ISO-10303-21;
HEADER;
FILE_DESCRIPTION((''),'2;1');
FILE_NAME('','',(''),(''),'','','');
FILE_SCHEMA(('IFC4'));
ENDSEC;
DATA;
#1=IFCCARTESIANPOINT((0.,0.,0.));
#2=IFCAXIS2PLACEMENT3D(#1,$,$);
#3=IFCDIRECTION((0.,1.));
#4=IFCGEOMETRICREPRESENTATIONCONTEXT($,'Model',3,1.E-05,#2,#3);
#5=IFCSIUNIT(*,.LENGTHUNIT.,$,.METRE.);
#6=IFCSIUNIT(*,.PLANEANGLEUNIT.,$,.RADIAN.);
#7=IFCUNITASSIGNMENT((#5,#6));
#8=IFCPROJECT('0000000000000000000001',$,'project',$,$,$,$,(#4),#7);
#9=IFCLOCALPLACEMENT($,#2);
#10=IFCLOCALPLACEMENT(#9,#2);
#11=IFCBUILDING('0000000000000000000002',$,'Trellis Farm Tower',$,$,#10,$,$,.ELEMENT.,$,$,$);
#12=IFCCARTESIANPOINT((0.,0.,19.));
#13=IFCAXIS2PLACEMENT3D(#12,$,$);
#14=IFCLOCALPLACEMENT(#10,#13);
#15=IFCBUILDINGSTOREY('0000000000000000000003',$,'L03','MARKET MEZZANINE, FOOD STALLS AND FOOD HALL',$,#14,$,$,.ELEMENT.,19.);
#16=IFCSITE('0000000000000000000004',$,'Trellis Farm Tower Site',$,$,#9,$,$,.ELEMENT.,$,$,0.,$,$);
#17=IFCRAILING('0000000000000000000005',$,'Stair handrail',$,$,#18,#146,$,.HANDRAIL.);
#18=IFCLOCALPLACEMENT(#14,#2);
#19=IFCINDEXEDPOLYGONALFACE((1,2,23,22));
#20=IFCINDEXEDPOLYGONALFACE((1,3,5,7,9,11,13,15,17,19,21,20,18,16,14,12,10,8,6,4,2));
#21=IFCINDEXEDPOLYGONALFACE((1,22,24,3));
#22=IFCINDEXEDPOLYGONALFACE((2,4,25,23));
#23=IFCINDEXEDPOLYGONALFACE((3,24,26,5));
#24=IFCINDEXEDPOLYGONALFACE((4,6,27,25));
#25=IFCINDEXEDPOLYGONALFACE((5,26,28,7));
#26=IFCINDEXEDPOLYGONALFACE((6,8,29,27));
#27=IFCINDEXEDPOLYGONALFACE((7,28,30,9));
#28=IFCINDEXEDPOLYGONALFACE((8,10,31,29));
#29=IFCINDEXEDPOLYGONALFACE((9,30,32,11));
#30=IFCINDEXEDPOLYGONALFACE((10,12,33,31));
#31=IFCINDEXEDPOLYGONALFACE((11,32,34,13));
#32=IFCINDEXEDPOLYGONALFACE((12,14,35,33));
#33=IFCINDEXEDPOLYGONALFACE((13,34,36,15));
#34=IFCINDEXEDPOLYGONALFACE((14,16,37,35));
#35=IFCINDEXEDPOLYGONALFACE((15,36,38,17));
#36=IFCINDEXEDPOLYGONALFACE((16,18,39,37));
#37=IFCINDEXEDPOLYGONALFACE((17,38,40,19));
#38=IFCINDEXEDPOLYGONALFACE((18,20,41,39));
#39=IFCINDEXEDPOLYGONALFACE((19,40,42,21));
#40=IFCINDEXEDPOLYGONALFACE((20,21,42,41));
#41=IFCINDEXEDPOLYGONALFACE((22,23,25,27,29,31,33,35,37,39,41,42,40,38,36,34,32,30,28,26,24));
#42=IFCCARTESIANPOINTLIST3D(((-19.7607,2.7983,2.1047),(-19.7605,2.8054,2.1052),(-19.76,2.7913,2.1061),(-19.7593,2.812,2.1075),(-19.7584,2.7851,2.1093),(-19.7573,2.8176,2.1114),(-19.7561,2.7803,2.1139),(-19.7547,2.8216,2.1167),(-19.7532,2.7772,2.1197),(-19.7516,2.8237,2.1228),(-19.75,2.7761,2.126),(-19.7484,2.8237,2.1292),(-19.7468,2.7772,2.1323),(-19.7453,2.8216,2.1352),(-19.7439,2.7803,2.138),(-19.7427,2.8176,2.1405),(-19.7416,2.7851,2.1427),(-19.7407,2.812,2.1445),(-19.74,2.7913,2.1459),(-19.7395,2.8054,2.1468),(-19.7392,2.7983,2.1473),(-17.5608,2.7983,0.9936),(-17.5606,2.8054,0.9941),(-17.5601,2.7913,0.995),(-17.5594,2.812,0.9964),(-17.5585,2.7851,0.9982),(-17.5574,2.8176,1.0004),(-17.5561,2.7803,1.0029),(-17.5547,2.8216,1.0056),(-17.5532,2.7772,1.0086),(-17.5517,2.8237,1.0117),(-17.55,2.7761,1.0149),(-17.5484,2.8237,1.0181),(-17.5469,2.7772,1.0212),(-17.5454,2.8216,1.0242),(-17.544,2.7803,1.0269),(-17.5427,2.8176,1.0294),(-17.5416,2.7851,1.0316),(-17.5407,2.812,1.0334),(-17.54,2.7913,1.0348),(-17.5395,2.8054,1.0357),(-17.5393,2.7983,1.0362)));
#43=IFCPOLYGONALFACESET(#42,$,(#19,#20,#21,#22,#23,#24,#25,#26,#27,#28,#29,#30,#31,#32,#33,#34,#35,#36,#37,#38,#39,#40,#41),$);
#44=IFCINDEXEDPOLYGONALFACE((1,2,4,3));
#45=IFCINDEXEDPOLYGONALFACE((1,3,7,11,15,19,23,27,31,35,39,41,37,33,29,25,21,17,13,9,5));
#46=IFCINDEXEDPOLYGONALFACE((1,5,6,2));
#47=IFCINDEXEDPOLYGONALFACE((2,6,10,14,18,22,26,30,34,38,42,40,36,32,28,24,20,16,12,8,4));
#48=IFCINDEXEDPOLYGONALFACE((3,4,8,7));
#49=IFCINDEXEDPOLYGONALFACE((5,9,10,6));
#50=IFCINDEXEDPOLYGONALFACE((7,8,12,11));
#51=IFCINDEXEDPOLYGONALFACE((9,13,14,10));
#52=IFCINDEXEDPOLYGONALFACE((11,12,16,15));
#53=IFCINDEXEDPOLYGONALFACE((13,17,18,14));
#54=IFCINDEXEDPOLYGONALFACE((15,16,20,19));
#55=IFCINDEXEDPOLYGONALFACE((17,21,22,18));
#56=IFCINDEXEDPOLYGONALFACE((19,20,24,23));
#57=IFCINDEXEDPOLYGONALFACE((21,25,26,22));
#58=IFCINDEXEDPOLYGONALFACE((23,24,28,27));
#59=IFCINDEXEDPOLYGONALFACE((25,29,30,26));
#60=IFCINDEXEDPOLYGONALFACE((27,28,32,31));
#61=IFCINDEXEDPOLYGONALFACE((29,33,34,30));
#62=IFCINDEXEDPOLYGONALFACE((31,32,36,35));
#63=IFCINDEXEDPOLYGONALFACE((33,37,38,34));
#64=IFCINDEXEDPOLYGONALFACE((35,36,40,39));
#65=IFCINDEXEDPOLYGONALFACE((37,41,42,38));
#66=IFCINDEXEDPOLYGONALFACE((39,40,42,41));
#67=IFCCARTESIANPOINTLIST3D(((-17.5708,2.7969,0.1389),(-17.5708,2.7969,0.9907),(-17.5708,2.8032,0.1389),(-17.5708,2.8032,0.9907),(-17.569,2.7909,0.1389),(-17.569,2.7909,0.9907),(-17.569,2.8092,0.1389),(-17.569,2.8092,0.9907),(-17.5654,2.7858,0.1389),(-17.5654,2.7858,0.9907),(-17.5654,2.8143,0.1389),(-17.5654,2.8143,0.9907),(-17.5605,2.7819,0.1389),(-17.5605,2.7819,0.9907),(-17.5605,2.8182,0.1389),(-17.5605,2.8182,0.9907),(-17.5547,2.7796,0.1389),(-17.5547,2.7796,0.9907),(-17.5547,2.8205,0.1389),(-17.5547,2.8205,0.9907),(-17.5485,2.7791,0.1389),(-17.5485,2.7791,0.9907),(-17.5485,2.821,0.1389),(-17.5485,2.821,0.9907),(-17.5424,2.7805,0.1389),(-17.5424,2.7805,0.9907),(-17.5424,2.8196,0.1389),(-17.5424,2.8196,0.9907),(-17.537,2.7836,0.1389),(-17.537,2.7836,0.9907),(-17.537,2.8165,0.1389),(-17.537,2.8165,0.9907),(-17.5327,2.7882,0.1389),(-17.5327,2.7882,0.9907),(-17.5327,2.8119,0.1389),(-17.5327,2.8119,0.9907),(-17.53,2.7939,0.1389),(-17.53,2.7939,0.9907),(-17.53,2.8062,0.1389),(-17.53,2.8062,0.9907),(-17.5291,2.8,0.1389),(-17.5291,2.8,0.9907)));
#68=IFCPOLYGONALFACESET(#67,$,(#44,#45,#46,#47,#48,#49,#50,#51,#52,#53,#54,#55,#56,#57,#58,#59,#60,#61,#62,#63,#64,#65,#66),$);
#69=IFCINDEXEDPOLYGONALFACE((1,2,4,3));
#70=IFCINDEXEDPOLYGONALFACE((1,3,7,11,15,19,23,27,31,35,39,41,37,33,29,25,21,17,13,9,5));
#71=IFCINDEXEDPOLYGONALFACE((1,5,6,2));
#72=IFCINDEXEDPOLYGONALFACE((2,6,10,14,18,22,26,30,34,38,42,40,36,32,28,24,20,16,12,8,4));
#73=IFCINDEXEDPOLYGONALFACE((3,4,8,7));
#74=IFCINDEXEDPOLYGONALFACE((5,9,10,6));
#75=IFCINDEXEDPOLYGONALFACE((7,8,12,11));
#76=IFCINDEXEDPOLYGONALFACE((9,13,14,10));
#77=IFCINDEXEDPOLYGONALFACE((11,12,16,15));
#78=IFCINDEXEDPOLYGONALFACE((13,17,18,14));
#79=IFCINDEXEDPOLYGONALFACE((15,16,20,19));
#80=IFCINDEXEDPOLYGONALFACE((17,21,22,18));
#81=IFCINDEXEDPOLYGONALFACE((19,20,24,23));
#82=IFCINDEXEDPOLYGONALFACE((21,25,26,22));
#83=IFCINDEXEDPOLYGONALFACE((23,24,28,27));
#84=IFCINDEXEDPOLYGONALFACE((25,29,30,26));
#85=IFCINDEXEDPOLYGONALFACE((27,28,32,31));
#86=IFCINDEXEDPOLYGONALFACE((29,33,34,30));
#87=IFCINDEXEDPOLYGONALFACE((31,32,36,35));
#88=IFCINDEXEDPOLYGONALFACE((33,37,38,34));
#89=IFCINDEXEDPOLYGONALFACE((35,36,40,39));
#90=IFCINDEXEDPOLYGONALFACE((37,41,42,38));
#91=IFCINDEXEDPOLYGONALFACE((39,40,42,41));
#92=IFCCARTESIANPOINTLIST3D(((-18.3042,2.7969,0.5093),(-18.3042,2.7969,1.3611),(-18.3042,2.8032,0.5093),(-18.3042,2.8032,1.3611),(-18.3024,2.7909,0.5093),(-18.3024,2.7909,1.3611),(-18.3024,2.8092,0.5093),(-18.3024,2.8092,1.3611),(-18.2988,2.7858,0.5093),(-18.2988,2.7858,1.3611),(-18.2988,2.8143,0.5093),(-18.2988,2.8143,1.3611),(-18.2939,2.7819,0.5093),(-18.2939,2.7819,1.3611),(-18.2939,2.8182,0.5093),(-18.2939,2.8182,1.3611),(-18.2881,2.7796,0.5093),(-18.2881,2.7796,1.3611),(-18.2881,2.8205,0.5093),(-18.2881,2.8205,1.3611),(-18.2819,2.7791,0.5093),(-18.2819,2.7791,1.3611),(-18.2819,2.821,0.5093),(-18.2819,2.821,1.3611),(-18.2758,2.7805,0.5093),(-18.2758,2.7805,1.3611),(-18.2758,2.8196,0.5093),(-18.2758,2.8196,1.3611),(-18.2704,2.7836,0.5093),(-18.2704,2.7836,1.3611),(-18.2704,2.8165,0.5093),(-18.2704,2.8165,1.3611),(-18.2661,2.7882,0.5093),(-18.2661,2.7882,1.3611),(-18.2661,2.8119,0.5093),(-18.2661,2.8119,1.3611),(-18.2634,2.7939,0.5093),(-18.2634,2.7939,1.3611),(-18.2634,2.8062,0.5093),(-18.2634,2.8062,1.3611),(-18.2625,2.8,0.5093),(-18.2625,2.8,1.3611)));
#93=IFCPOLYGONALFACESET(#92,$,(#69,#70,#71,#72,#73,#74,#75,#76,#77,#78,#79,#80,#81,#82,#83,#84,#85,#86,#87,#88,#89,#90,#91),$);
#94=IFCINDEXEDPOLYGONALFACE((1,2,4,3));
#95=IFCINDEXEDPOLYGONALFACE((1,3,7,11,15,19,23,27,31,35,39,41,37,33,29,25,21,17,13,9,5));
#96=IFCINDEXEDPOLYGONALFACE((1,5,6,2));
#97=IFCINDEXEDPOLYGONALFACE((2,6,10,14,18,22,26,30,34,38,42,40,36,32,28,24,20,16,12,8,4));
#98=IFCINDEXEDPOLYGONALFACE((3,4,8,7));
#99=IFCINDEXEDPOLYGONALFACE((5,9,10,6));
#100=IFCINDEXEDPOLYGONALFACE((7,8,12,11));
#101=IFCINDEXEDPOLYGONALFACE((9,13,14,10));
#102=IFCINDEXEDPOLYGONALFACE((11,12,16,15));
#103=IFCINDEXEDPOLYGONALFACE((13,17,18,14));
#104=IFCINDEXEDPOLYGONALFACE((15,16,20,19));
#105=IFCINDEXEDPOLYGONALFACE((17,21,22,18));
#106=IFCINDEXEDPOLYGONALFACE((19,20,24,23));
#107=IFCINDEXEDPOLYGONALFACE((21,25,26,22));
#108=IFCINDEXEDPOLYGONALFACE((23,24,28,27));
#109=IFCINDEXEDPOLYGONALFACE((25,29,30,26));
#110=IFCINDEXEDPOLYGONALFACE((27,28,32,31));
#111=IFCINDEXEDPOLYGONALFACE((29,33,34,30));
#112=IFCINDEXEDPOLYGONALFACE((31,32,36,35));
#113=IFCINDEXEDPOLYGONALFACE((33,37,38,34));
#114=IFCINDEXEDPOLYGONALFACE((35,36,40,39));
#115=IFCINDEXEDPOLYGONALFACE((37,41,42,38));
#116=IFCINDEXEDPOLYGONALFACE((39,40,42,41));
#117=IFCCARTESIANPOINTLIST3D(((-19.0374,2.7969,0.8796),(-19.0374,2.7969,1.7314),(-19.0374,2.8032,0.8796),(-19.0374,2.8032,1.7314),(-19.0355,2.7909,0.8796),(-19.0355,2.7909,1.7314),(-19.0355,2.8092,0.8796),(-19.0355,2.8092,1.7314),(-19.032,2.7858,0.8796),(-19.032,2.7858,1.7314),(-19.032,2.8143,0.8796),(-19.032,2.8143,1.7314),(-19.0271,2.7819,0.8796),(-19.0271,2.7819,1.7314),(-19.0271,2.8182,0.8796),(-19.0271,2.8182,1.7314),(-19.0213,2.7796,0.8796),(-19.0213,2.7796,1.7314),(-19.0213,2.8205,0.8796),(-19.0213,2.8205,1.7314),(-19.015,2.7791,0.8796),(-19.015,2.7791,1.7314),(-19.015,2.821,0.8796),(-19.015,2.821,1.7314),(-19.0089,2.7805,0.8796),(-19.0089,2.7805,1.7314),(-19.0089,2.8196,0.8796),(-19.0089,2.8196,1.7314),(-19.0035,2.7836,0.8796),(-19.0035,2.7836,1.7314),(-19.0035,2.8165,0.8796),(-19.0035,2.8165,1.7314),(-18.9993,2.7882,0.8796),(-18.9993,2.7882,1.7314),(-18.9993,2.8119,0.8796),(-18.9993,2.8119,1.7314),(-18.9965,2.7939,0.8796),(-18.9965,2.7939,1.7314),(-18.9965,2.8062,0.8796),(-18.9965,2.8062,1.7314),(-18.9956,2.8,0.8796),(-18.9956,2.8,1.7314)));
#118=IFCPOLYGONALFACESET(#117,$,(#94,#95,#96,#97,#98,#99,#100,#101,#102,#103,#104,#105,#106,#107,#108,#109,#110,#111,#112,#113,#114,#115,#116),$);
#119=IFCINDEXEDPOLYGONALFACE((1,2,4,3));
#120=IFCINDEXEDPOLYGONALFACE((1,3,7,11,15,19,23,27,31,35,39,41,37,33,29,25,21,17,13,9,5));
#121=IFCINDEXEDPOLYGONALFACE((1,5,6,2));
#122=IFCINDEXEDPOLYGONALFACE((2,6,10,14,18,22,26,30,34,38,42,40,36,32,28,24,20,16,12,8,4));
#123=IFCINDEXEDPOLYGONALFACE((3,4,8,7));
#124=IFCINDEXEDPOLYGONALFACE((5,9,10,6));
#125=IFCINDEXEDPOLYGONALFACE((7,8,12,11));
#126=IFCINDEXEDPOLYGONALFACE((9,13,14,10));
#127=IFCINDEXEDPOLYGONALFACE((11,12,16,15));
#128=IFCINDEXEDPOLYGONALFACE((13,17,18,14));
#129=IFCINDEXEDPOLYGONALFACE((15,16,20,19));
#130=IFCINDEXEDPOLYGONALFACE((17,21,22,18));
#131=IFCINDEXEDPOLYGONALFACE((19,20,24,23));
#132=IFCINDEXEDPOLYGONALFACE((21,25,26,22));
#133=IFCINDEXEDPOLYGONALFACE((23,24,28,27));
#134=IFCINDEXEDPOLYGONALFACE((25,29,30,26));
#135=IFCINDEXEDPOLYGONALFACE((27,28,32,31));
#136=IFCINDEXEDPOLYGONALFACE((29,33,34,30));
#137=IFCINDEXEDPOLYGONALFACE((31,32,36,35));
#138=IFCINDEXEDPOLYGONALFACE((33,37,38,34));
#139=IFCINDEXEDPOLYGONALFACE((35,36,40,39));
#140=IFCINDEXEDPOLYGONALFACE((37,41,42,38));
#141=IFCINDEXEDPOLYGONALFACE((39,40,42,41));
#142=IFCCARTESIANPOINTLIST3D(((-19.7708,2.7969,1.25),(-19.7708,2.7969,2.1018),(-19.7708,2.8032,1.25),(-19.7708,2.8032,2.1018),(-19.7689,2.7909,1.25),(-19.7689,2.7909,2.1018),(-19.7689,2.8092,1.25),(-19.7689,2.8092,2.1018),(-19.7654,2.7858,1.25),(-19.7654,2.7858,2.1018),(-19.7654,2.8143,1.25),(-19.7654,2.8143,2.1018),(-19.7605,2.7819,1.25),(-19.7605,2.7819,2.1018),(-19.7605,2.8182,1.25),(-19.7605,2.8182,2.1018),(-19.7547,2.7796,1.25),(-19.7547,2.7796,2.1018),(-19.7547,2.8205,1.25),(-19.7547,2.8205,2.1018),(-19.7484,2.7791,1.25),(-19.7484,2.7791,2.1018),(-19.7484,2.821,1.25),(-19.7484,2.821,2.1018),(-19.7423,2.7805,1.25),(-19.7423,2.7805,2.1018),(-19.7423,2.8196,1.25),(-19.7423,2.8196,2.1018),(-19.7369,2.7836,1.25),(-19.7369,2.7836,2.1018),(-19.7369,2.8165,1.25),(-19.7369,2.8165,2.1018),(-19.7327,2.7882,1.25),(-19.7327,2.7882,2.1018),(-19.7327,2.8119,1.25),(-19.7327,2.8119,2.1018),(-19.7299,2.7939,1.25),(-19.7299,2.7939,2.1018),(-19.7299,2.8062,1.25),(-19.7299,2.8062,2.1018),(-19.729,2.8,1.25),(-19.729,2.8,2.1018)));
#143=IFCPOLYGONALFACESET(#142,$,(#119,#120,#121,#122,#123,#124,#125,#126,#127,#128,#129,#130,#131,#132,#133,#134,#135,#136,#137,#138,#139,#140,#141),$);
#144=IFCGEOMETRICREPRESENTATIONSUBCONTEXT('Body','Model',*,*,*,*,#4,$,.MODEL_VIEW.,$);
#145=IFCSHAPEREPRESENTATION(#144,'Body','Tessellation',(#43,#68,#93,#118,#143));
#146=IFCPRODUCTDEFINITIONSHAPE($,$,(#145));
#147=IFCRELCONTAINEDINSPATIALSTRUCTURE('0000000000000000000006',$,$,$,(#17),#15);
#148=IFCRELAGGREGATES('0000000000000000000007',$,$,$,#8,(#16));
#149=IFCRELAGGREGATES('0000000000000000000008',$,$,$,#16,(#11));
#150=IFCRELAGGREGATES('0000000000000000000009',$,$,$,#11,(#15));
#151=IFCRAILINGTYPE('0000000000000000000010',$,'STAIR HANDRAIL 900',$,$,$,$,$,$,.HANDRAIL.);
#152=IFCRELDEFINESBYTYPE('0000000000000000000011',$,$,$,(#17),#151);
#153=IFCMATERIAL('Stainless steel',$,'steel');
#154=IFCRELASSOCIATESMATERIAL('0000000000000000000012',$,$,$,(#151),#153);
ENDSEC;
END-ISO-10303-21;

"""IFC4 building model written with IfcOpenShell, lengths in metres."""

from ifc_helpers import new_model, si_unit, direction, frame, origin, origin_2d, place, context, subcontext, project, spatial, circle, extrude, source, transform, mapped, material, type_object, element, save


model = new_model("IFC4")

# Units and contexts
model_context = context("Model", 3, precision=1e-05, world=origin(), true_north=direction((0.0, 1.0)))
body_context = subcontext(model_context, "Body", "Model", "MODEL_VIEW")
ifc_project = project(units=[si_unit("LENGTHUNIT", "METRE"), si_unit("PLANEANGLEUNIT", "RADIAN")], contexts=[model_context])

# Site, building, storey
site_placement = place(None, origin())
site = spatial("IfcSite", under=ifc_project, at=site_placement, Name="Trellis Farm Tower Site", CompositionType="ELEMENT", RefElevation=0.0)
building_placement = place(site_placement, origin())
building = spatial("IfcBuilding", under=site, at=building_placement, Name="Trellis Farm Tower", CompositionType="ELEMENT")
storey_placement = place(building_placement, frame((0.0, 0.0, 19.0)))
storey = spatial("IfcBuildingStorey", under=building, at=storey_placement, Name="L03", Description="MARKET MEZZANINE, FOOD STALLS AND FOOD HALL", CompositionType="ELEMENT", Elevation=19.0)

# Shared definitions
ifc_material_1 = material(Name="Stainless steel", Category="steel")

# Railing
railing_type = type_object("IfcRailingType", Name="STAIR HANDRAIL 900", PredefinedType="HANDRAIL", material=ifc_material_1)
shared_shape_1 = source(origin(), body_context, "Body", "SweptSolid", [
    extrude(circle(Radius=0.0239, at=origin_2d()), frame((0.0, 0.0, 0.876), z_axis=(-0.892617, 0.0, 0.450816), x_axis=(0.0, -1.0, 0.0)), (0.0, 0.0, 1.0), 2.4646),
    extrude(circle(Radius=0.021, at=origin_2d()), origin(), (0.0, 0.0, 1.0), 0.8518),
    extrude(circle(Radius=0.021, at=origin_2d()), frame((-0.7334, 0.0, 0.3704)), (0.0, 0.0, 1.0), 0.8518),
    extrude(circle(Radius=0.021, at=origin_2d()), frame((-1.4666, 0.0, 0.7407)), (0.0, 0.0, 1.0), 0.8518),
    extrude(circle(Radius=0.021, at=origin_2d()), frame((-2.2, 0.0, 1.1111)), (0.0, 0.0, 1.0), 0.8518),
])
for number, where, name in (
    (1, (-17.55, 2.8, 0.1389), "Stair handrail"),
):
    element("IfcRailing", number, at=place(storey_placement, frame(where)), inside=storey, type_object=railing_type, Name=name, PredefinedType="HANDRAIL", context=body_context, shape_type="MappedRepresentation", body=[
        mapped(shared_shape_1, transform((0.0, 0.0, 0.0))),
    ])

save(model, "model.ifc")
